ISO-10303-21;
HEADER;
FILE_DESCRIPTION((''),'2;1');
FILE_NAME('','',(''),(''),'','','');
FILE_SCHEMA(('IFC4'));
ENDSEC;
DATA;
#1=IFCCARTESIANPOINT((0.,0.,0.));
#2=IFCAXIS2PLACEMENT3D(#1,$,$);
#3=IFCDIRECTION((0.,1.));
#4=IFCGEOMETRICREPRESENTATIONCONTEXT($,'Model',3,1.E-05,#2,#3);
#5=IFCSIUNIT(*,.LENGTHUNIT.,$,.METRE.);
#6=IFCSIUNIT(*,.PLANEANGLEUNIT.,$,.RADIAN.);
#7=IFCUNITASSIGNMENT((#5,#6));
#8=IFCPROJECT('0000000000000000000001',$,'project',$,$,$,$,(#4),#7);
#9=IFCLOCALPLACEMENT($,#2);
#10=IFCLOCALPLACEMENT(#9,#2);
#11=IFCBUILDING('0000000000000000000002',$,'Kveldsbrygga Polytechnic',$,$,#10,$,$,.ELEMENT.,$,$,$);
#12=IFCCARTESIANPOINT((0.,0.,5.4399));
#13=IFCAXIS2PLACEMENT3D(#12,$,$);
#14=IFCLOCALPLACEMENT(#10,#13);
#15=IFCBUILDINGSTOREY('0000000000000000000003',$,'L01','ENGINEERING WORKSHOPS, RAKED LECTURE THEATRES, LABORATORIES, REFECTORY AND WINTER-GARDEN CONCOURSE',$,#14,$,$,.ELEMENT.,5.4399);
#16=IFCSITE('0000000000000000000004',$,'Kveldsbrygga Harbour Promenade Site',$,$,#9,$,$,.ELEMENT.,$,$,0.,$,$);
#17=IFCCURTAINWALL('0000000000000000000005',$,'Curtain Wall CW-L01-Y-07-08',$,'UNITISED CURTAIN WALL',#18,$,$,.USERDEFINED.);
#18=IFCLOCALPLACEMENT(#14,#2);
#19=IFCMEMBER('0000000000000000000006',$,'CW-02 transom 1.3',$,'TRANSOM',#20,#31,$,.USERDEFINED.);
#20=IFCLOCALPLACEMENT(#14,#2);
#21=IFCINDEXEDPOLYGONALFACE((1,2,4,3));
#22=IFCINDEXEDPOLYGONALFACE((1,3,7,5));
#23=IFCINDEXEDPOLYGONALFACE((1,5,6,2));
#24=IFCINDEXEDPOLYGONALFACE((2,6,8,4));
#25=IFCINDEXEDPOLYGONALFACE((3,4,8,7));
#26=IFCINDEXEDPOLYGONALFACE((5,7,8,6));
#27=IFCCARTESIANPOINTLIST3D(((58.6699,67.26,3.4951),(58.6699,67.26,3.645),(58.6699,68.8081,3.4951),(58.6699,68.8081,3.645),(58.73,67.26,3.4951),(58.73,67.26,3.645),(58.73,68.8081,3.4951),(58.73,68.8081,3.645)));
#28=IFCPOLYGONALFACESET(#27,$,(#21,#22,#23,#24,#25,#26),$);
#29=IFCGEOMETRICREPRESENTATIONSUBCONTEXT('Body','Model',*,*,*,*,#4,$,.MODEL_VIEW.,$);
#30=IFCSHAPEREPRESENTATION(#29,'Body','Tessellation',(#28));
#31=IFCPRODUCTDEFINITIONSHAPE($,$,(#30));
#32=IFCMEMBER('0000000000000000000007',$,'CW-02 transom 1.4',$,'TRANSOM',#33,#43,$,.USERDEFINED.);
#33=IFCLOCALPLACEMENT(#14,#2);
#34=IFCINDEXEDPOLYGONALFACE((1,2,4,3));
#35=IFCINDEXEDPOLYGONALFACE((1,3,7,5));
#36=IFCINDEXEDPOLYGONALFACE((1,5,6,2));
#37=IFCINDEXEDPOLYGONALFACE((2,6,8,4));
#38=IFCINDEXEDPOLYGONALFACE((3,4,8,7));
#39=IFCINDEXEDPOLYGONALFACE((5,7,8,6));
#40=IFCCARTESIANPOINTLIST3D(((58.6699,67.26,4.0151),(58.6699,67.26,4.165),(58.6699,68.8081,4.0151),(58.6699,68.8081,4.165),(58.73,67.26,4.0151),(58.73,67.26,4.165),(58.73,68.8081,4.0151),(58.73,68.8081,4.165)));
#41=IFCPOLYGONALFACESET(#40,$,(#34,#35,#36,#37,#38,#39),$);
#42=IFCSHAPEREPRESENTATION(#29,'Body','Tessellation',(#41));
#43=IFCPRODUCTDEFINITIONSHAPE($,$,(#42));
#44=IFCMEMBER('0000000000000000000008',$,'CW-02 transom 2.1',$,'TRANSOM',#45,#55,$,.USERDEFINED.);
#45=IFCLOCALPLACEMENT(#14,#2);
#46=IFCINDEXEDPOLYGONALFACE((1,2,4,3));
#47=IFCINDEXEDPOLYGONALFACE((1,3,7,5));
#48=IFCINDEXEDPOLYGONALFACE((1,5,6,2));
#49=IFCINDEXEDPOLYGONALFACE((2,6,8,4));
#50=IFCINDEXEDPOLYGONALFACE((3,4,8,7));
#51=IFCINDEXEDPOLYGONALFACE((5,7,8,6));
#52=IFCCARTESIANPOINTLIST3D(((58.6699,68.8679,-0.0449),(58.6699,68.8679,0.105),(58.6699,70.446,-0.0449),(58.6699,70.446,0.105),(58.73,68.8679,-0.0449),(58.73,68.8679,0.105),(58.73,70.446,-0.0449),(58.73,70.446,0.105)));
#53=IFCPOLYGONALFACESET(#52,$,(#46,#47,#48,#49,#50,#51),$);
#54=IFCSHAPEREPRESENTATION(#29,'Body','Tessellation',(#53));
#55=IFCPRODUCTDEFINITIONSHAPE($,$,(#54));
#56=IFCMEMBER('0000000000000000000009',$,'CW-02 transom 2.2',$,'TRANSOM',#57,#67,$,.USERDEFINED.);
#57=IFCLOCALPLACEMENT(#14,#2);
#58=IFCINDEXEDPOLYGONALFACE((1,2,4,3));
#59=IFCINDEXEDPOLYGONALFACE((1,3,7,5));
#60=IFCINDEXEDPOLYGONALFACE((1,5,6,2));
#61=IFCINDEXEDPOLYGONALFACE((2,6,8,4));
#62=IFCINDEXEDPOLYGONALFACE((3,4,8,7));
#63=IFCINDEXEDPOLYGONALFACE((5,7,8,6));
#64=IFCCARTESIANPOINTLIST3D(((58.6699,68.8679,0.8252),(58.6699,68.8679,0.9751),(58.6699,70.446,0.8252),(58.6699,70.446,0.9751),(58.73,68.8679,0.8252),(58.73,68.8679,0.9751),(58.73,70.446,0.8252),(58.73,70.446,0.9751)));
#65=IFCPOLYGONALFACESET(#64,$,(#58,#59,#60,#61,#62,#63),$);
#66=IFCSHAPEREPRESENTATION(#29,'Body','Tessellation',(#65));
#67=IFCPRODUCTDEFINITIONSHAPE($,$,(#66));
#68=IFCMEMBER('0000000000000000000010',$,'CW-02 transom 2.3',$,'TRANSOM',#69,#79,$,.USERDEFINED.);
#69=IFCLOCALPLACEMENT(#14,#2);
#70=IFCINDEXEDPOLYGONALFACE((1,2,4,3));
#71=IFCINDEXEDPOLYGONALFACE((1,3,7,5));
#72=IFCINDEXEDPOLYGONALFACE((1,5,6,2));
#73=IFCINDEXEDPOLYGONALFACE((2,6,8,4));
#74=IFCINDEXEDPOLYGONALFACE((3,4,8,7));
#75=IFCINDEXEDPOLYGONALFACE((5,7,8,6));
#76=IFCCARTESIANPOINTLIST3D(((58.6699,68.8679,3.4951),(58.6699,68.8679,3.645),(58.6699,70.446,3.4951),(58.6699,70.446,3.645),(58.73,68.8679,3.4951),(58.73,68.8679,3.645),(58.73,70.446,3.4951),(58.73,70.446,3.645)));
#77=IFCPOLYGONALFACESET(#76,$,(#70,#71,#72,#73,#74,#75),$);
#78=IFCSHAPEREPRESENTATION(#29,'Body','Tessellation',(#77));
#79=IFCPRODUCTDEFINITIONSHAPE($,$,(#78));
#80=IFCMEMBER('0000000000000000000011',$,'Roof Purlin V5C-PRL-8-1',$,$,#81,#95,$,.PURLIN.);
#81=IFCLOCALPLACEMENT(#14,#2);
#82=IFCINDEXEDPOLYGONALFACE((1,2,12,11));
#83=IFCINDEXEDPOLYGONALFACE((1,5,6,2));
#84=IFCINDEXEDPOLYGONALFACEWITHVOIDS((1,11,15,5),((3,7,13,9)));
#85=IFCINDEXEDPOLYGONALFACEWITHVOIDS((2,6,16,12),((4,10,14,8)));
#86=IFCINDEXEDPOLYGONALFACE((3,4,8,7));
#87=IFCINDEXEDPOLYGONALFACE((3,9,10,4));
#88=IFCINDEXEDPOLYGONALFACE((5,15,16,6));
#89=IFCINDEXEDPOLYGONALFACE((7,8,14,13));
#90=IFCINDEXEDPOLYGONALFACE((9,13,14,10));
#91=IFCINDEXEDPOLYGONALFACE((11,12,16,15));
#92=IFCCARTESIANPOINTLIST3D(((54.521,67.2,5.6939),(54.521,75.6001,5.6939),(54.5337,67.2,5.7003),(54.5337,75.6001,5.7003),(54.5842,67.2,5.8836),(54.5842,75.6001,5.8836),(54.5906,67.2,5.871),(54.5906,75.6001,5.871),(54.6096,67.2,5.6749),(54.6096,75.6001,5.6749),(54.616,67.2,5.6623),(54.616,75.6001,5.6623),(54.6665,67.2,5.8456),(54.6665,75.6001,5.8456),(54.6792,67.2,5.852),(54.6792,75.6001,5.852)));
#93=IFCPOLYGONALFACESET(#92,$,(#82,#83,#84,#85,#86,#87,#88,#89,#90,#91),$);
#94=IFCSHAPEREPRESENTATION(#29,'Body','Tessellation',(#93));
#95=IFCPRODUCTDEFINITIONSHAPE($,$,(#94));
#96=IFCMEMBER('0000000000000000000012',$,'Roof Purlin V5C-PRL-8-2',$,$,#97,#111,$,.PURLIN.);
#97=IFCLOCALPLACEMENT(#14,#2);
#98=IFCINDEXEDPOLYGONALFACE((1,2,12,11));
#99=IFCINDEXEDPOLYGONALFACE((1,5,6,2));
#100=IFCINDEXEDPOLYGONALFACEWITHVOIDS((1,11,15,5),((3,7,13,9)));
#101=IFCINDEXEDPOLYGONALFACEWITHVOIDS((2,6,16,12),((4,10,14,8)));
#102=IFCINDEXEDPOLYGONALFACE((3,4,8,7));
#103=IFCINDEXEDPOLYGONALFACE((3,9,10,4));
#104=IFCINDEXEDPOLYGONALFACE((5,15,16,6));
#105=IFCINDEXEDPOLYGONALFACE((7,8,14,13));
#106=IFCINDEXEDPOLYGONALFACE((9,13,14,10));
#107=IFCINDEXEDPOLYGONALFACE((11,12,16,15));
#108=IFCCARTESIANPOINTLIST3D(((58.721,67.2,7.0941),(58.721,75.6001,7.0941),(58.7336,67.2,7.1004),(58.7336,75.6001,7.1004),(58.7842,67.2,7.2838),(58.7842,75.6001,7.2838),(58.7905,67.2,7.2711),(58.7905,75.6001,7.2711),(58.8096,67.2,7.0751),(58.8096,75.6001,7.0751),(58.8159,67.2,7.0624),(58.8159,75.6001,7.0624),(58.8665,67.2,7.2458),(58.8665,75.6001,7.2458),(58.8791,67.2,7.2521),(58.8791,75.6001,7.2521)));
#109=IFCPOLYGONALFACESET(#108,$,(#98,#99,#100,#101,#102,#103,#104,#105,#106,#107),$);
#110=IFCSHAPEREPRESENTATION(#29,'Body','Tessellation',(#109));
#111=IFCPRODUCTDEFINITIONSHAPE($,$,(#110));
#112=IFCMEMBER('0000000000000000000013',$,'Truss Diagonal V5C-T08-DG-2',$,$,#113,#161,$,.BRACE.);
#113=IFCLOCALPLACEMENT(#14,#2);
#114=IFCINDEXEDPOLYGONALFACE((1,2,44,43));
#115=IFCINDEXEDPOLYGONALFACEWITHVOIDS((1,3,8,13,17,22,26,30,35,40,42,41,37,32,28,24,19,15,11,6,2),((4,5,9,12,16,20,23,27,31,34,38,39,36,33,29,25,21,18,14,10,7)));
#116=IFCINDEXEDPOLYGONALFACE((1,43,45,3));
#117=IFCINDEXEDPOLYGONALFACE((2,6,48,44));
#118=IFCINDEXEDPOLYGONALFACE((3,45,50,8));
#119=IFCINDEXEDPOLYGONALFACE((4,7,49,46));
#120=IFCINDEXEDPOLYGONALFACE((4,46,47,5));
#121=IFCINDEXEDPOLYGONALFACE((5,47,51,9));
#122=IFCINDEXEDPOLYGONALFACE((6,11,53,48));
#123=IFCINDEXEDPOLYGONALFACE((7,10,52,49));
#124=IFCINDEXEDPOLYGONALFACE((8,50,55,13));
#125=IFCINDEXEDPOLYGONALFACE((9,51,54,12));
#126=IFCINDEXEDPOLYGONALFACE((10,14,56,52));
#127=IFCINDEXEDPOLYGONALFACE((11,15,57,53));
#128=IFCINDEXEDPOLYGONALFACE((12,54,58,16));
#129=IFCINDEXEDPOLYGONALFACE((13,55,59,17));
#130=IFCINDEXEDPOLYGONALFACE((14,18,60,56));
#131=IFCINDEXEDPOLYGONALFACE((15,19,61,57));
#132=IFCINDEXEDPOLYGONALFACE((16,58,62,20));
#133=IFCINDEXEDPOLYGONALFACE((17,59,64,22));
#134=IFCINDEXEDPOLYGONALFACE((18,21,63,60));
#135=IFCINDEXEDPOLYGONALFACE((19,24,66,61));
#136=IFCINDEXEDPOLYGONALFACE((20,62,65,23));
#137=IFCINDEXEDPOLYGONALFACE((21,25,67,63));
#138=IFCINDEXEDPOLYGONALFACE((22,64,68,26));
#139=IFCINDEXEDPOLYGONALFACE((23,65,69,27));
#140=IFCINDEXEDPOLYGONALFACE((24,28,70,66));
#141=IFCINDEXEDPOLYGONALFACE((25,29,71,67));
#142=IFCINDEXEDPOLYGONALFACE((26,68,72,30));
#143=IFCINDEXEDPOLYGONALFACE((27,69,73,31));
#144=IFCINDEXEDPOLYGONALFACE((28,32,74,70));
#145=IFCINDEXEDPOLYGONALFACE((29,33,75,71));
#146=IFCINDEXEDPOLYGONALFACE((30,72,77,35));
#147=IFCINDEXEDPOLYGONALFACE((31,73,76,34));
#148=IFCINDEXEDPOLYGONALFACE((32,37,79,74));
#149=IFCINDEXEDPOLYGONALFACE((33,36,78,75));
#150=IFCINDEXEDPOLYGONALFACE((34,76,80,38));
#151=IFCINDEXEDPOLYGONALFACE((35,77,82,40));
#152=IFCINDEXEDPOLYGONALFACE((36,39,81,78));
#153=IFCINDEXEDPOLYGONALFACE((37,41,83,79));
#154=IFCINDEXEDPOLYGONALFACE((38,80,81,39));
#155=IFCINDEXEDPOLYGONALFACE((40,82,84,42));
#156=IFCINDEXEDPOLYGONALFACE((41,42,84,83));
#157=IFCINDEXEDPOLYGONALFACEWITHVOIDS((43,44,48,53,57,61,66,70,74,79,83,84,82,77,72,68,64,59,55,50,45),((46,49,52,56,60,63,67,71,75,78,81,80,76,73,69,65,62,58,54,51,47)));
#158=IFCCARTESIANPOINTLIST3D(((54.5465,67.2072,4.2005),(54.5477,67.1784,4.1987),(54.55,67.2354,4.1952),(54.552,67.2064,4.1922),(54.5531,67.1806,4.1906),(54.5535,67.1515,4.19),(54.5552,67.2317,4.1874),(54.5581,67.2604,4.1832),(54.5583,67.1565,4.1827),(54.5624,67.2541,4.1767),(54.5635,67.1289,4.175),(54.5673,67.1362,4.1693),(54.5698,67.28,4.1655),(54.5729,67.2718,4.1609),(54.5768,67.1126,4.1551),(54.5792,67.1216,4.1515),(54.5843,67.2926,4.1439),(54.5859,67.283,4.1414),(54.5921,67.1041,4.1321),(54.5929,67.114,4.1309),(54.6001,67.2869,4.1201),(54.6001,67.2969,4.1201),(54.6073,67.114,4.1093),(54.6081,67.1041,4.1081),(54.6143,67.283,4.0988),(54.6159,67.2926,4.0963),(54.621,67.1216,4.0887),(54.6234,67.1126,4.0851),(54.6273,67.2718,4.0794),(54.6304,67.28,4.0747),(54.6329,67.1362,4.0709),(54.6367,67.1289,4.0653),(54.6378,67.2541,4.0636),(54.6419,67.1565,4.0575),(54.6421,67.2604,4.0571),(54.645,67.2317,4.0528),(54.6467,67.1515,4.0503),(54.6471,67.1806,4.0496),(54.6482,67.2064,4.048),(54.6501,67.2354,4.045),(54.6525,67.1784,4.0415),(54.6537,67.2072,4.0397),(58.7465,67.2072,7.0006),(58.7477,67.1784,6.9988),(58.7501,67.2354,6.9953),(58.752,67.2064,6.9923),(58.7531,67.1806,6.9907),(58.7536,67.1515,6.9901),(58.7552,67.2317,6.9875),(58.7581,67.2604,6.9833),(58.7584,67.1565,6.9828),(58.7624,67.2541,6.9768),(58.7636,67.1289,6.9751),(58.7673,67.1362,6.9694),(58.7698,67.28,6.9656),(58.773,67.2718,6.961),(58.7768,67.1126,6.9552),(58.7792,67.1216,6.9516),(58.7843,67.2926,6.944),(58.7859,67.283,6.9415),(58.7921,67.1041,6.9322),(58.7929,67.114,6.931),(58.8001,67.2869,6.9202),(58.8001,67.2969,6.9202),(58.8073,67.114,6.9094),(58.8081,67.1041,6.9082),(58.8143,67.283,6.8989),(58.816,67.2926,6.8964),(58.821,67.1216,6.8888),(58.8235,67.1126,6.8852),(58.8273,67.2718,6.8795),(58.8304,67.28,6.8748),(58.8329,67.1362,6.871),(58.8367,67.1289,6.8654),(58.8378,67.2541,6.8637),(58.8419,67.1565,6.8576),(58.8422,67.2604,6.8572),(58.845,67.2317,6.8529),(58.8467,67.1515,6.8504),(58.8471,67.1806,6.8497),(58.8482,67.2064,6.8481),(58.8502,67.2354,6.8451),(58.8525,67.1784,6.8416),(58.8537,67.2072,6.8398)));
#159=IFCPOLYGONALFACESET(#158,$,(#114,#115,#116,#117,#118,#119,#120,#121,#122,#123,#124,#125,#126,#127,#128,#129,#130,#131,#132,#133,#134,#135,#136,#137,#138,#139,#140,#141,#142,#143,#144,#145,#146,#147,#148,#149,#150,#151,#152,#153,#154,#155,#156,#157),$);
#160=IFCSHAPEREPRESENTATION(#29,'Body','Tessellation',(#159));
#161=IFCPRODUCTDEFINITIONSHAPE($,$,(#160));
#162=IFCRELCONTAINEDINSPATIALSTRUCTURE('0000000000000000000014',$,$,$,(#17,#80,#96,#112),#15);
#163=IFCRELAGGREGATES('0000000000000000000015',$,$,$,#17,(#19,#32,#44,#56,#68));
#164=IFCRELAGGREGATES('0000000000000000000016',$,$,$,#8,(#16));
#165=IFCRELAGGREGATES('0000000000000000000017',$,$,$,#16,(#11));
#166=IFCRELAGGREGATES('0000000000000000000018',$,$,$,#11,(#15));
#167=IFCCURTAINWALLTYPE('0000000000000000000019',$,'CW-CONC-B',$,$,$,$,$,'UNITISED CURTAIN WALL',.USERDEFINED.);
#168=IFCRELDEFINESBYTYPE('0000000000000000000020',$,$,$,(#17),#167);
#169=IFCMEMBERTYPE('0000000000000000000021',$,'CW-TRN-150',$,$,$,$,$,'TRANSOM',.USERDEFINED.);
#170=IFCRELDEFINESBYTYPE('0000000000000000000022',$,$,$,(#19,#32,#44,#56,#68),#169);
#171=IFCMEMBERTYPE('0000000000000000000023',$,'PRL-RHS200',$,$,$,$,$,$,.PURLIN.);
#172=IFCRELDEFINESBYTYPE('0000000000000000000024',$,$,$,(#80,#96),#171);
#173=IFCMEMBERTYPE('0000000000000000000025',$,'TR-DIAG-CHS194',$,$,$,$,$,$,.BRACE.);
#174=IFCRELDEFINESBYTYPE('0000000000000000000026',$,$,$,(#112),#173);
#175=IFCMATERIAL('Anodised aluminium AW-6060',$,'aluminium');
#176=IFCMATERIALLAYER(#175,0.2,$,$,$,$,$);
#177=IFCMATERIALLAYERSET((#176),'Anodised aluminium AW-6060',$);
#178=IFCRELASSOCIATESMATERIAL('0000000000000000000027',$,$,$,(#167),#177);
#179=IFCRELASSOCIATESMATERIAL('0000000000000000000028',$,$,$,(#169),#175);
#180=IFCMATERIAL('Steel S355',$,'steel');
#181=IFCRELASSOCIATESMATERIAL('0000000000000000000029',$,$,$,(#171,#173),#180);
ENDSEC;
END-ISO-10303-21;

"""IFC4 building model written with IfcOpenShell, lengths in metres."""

from ifc_helpers import new_model, si_unit, direction, frame, origin, origin_2d, place, context, subcontext, project, spatial, rectangle, hollow_rectangle, hollow_circle, extrude, material, layer, layer_set, material_profile, profile_set, type_object, element, aggregate, save


model = new_model("IFC4")

# Units and contexts
model_context = context("Model", 3, precision=1e-05, world=origin(), true_north=direction((0.0, 1.0)))
body_context = subcontext(model_context, "Body", "Model", "MODEL_VIEW")
ifc_project = project(units=[si_unit("LENGTHUNIT", "METRE"), si_unit("PLANEANGLEUNIT", "RADIAN")], contexts=[model_context])

# Site, building, storey
site_placement = place(None, origin())
site = spatial("IfcSite", under=ifc_project, at=site_placement, Name="Kveldsbrygga Harbour Promenade Site", CompositionType="ELEMENT", RefElevation=0.0)
building_placement = place(site_placement, origin())
building = spatial("IfcBuilding", under=site, at=building_placement, Name="Kveldsbrygga Polytechnic", CompositionType="ELEMENT")
storey_placement = place(building_placement, frame((0.0, 0.0, 5.4399)))
storey = spatial("IfcBuildingStorey", under=building, at=storey_placement, Name="L01", Description="ENGINEERING WORKSHOPS, RAKED LECTURE THEATRES, LABORATORIES, REFECTORY AND WINTER-GARDEN CONCOURSE", CompositionType="ELEMENT", Elevation=5.4399)

# Curtain wall
ifc_material_1 = material(Name="Anodised aluminium AW-6060", Category="aluminium")
ifc_layer_1 = layer(ifc_material_1, 0.2)
ifc_layer_set_1 = layer_set([ifc_layer_1], Name="Anodised aluminium AW-6060")
curtain_wall_type_1 = type_object("IfcCurtainWallType", Name="CW-CONC-B", ElementType="UNITISED CURTAIN WALL", PredefinedType="USERDEFINED", material=ifc_layer_set_1)
curtain_wall_1_placement = place(storey_placement, origin())
curtain_wall_1 = element("IfcCurtainWall", 1, at=curtain_wall_1_placement, inside=storey, type_object=curtain_wall_type_1, Name="Curtain Wall CW-L01-Y-07-08", ObjectType="UNITISED CURTAIN WALL", PredefinedType="USERDEFINED")

# Members
ifc_material_profile_1 = material_profile(ifc_material_1, rectangle(XDim=0.0601, YDim=0.1499, at=origin_2d()), Name="ALU 60x150")
ifc_profile_set_1 = profile_set([ifc_material_profile_1], Name="Anodised aluminium AW-6060")
member_type_1 = type_object("IfcMemberType", Name="CW-TRN-150", ElementType="TRANSOM", PredefinedType="USERDEFINED", material=ifc_profile_set_1)
member_1_placement = place(storey_placement, frame((58.7, 67.26, 3.5701), z_axis=(0.0, 1.0, 0.0), x_axis=(-1.0, 0.0, 0.0)))
member_1 = element("IfcMember", 2, at=member_1_placement, type_object=member_type_1, Name="CW-02 transom 1.3", ObjectType="TRANSOM", PredefinedType="USERDEFINED", context=body_context, shape_type="SweptSolid", body=[
    extrude(rectangle(XDim=0.0601, YDim=0.1499, at=origin_2d()), origin(), (0.0, 0.0, 1.0), 1.5481),
])
member_2_placement = place(storey_placement, frame((58.7, 67.26, 4.0901), z_axis=(0.0, 1.0, 0.0), x_axis=(-1.0, 0.0, 0.0)))
member_2 = element("IfcMember", 3, at=member_2_placement, type_object=member_type_1, Name="CW-02 transom 1.4", ObjectType="TRANSOM", PredefinedType="USERDEFINED", context=body_context, shape_type="SweptSolid", body=[
    extrude(rectangle(XDim=0.0601, YDim=0.1499, at=origin_2d()), origin(), (0.0, 0.0, 1.0), 1.5481),
])
member_3_placement = place(storey_placement, frame((58.7, 68.8679, 0.03), z_axis=(0.0, 1.0, 0.0), x_axis=(-1.0, 0.0, 0.0)))
member_3 = element("IfcMember", 4, at=member_3_placement, type_object=member_type_1, Name="CW-02 transom 2.1", ObjectType="TRANSOM", PredefinedType="USERDEFINED", context=body_context, shape_type="SweptSolid", body=[
    extrude(rectangle(XDim=0.0601, YDim=0.1499, at=origin_2d()), origin(), (0.0, 0.0, 1.0), 1.5781),
])
member_4_placement = place(storey_placement, frame((58.7, 68.8679, 0.9001), z_axis=(0.0, 1.0, 0.0), x_axis=(-1.0, 0.0, 0.0)))
member_4 = element("IfcMember", 5, at=member_4_placement, type_object=member_type_1, Name="CW-02 transom 2.2", ObjectType="TRANSOM", PredefinedType="USERDEFINED", context=body_context, shape_type="SweptSolid", body=[
    extrude(rectangle(XDim=0.0601, YDim=0.1499, at=origin_2d()), origin(), (0.0, 0.0, 1.0), 1.5781),
])
member_5_placement = place(storey_placement, frame((58.7, 68.8679, 3.5701), z_axis=(0.0, 1.0, 0.0), x_axis=(-1.0, 0.0, 0.0)))
member_5 = element("IfcMember", 6, at=member_5_placement, type_object=member_type_1, Name="CW-02 transom 2.3", ObjectType="TRANSOM", PredefinedType="USERDEFINED", context=body_context, shape_type="SweptSolid", body=[
    extrude(rectangle(XDim=0.0601, YDim=0.1499, at=origin_2d()), origin(), (0.0, 0.0, 1.0), 1.5781),
])

# Members
ifc_material_2 = material(Name="Steel S355", Category="steel")
ifc_material_profile_2 = material_profile(ifc_material_2, hollow_rectangle(XDim=0.1001, YDim=0.2, WallThickness=0.01, at=origin_2d()), Name="RHS 200x100x10.0")
ifc_profile_set_2 = profile_set([ifc_material_profile_2], Name="Steel S355")
member_type_2 = type_object("IfcMemberType", Name="PRL-RHS200", PredefinedType="PURLIN", material=ifc_profile_set_2)
for number, where, z_axis, x_axis, name in (
    (7, (54.6001, 67.2, 5.7729), (0.0, 1.0, 0.0), (-0.948684, 0.0, 0.316227), "Roof Purlin V5C-PRL-8-1"),
    (8, (58.8, 67.2, 7.1731), (0.0, 1.0, 0.0), (-0.948684, 0.0, 0.316227), "Roof Purlin V5C-PRL-8-2"),
):
    element("IfcMember", number, at=place(storey_placement, frame(where, z_axis=z_axis, x_axis=x_axis)), inside=storey, type_object=member_type_2, Name=name, PredefinedType="PURLIN", context=body_context, shape_type="SweptSolid", body=[
        extrude(hollow_rectangle(XDim=0.1001, YDim=0.2, WallThickness=0.01, at=origin_2d()), origin(), (0.0, 0.0, 1.0), 8.4001),
    ])
ifc_material_profile_3 = material_profile(ifc_material_2, hollow_circle(Radius=0.0969, WallThickness=0.01, at=origin_2d()), Name="CHS 193.7x10.0")
ifc_profile_set_3 = profile_set([ifc_material_profile_3], Name="Steel S355")
member_type_3 = type_object("IfcMemberType", Name="TR-DIAG-CHS194", PredefinedType="BRACE", material=ifc_profile_set_3)
member_6_placement = place(storey_placement, frame((54.6001, 67.2, 4.1201), z_axis=(0.832043, 0.0, 0.554711), x_axis=(0.0, 1.0, 0.0)))
element("IfcMember", 9, at=member_6_placement, inside=storey, type_object=member_type_3, Name="Truss Diagonal V5C-T08-DG-2", PredefinedType="BRACE", context=body_context, shape_type="SweptSolid", body=[
    extrude(hollow_circle(Radius=0.0969, WallThickness=0.01, at=origin_2d()), origin(), (0.0, 0.0, 1.0), 5.0479),
])

aggregate(curtain_wall_1, [member_1, member_2, member_3, member_4, member_5])

save(model, "model.ifc")
